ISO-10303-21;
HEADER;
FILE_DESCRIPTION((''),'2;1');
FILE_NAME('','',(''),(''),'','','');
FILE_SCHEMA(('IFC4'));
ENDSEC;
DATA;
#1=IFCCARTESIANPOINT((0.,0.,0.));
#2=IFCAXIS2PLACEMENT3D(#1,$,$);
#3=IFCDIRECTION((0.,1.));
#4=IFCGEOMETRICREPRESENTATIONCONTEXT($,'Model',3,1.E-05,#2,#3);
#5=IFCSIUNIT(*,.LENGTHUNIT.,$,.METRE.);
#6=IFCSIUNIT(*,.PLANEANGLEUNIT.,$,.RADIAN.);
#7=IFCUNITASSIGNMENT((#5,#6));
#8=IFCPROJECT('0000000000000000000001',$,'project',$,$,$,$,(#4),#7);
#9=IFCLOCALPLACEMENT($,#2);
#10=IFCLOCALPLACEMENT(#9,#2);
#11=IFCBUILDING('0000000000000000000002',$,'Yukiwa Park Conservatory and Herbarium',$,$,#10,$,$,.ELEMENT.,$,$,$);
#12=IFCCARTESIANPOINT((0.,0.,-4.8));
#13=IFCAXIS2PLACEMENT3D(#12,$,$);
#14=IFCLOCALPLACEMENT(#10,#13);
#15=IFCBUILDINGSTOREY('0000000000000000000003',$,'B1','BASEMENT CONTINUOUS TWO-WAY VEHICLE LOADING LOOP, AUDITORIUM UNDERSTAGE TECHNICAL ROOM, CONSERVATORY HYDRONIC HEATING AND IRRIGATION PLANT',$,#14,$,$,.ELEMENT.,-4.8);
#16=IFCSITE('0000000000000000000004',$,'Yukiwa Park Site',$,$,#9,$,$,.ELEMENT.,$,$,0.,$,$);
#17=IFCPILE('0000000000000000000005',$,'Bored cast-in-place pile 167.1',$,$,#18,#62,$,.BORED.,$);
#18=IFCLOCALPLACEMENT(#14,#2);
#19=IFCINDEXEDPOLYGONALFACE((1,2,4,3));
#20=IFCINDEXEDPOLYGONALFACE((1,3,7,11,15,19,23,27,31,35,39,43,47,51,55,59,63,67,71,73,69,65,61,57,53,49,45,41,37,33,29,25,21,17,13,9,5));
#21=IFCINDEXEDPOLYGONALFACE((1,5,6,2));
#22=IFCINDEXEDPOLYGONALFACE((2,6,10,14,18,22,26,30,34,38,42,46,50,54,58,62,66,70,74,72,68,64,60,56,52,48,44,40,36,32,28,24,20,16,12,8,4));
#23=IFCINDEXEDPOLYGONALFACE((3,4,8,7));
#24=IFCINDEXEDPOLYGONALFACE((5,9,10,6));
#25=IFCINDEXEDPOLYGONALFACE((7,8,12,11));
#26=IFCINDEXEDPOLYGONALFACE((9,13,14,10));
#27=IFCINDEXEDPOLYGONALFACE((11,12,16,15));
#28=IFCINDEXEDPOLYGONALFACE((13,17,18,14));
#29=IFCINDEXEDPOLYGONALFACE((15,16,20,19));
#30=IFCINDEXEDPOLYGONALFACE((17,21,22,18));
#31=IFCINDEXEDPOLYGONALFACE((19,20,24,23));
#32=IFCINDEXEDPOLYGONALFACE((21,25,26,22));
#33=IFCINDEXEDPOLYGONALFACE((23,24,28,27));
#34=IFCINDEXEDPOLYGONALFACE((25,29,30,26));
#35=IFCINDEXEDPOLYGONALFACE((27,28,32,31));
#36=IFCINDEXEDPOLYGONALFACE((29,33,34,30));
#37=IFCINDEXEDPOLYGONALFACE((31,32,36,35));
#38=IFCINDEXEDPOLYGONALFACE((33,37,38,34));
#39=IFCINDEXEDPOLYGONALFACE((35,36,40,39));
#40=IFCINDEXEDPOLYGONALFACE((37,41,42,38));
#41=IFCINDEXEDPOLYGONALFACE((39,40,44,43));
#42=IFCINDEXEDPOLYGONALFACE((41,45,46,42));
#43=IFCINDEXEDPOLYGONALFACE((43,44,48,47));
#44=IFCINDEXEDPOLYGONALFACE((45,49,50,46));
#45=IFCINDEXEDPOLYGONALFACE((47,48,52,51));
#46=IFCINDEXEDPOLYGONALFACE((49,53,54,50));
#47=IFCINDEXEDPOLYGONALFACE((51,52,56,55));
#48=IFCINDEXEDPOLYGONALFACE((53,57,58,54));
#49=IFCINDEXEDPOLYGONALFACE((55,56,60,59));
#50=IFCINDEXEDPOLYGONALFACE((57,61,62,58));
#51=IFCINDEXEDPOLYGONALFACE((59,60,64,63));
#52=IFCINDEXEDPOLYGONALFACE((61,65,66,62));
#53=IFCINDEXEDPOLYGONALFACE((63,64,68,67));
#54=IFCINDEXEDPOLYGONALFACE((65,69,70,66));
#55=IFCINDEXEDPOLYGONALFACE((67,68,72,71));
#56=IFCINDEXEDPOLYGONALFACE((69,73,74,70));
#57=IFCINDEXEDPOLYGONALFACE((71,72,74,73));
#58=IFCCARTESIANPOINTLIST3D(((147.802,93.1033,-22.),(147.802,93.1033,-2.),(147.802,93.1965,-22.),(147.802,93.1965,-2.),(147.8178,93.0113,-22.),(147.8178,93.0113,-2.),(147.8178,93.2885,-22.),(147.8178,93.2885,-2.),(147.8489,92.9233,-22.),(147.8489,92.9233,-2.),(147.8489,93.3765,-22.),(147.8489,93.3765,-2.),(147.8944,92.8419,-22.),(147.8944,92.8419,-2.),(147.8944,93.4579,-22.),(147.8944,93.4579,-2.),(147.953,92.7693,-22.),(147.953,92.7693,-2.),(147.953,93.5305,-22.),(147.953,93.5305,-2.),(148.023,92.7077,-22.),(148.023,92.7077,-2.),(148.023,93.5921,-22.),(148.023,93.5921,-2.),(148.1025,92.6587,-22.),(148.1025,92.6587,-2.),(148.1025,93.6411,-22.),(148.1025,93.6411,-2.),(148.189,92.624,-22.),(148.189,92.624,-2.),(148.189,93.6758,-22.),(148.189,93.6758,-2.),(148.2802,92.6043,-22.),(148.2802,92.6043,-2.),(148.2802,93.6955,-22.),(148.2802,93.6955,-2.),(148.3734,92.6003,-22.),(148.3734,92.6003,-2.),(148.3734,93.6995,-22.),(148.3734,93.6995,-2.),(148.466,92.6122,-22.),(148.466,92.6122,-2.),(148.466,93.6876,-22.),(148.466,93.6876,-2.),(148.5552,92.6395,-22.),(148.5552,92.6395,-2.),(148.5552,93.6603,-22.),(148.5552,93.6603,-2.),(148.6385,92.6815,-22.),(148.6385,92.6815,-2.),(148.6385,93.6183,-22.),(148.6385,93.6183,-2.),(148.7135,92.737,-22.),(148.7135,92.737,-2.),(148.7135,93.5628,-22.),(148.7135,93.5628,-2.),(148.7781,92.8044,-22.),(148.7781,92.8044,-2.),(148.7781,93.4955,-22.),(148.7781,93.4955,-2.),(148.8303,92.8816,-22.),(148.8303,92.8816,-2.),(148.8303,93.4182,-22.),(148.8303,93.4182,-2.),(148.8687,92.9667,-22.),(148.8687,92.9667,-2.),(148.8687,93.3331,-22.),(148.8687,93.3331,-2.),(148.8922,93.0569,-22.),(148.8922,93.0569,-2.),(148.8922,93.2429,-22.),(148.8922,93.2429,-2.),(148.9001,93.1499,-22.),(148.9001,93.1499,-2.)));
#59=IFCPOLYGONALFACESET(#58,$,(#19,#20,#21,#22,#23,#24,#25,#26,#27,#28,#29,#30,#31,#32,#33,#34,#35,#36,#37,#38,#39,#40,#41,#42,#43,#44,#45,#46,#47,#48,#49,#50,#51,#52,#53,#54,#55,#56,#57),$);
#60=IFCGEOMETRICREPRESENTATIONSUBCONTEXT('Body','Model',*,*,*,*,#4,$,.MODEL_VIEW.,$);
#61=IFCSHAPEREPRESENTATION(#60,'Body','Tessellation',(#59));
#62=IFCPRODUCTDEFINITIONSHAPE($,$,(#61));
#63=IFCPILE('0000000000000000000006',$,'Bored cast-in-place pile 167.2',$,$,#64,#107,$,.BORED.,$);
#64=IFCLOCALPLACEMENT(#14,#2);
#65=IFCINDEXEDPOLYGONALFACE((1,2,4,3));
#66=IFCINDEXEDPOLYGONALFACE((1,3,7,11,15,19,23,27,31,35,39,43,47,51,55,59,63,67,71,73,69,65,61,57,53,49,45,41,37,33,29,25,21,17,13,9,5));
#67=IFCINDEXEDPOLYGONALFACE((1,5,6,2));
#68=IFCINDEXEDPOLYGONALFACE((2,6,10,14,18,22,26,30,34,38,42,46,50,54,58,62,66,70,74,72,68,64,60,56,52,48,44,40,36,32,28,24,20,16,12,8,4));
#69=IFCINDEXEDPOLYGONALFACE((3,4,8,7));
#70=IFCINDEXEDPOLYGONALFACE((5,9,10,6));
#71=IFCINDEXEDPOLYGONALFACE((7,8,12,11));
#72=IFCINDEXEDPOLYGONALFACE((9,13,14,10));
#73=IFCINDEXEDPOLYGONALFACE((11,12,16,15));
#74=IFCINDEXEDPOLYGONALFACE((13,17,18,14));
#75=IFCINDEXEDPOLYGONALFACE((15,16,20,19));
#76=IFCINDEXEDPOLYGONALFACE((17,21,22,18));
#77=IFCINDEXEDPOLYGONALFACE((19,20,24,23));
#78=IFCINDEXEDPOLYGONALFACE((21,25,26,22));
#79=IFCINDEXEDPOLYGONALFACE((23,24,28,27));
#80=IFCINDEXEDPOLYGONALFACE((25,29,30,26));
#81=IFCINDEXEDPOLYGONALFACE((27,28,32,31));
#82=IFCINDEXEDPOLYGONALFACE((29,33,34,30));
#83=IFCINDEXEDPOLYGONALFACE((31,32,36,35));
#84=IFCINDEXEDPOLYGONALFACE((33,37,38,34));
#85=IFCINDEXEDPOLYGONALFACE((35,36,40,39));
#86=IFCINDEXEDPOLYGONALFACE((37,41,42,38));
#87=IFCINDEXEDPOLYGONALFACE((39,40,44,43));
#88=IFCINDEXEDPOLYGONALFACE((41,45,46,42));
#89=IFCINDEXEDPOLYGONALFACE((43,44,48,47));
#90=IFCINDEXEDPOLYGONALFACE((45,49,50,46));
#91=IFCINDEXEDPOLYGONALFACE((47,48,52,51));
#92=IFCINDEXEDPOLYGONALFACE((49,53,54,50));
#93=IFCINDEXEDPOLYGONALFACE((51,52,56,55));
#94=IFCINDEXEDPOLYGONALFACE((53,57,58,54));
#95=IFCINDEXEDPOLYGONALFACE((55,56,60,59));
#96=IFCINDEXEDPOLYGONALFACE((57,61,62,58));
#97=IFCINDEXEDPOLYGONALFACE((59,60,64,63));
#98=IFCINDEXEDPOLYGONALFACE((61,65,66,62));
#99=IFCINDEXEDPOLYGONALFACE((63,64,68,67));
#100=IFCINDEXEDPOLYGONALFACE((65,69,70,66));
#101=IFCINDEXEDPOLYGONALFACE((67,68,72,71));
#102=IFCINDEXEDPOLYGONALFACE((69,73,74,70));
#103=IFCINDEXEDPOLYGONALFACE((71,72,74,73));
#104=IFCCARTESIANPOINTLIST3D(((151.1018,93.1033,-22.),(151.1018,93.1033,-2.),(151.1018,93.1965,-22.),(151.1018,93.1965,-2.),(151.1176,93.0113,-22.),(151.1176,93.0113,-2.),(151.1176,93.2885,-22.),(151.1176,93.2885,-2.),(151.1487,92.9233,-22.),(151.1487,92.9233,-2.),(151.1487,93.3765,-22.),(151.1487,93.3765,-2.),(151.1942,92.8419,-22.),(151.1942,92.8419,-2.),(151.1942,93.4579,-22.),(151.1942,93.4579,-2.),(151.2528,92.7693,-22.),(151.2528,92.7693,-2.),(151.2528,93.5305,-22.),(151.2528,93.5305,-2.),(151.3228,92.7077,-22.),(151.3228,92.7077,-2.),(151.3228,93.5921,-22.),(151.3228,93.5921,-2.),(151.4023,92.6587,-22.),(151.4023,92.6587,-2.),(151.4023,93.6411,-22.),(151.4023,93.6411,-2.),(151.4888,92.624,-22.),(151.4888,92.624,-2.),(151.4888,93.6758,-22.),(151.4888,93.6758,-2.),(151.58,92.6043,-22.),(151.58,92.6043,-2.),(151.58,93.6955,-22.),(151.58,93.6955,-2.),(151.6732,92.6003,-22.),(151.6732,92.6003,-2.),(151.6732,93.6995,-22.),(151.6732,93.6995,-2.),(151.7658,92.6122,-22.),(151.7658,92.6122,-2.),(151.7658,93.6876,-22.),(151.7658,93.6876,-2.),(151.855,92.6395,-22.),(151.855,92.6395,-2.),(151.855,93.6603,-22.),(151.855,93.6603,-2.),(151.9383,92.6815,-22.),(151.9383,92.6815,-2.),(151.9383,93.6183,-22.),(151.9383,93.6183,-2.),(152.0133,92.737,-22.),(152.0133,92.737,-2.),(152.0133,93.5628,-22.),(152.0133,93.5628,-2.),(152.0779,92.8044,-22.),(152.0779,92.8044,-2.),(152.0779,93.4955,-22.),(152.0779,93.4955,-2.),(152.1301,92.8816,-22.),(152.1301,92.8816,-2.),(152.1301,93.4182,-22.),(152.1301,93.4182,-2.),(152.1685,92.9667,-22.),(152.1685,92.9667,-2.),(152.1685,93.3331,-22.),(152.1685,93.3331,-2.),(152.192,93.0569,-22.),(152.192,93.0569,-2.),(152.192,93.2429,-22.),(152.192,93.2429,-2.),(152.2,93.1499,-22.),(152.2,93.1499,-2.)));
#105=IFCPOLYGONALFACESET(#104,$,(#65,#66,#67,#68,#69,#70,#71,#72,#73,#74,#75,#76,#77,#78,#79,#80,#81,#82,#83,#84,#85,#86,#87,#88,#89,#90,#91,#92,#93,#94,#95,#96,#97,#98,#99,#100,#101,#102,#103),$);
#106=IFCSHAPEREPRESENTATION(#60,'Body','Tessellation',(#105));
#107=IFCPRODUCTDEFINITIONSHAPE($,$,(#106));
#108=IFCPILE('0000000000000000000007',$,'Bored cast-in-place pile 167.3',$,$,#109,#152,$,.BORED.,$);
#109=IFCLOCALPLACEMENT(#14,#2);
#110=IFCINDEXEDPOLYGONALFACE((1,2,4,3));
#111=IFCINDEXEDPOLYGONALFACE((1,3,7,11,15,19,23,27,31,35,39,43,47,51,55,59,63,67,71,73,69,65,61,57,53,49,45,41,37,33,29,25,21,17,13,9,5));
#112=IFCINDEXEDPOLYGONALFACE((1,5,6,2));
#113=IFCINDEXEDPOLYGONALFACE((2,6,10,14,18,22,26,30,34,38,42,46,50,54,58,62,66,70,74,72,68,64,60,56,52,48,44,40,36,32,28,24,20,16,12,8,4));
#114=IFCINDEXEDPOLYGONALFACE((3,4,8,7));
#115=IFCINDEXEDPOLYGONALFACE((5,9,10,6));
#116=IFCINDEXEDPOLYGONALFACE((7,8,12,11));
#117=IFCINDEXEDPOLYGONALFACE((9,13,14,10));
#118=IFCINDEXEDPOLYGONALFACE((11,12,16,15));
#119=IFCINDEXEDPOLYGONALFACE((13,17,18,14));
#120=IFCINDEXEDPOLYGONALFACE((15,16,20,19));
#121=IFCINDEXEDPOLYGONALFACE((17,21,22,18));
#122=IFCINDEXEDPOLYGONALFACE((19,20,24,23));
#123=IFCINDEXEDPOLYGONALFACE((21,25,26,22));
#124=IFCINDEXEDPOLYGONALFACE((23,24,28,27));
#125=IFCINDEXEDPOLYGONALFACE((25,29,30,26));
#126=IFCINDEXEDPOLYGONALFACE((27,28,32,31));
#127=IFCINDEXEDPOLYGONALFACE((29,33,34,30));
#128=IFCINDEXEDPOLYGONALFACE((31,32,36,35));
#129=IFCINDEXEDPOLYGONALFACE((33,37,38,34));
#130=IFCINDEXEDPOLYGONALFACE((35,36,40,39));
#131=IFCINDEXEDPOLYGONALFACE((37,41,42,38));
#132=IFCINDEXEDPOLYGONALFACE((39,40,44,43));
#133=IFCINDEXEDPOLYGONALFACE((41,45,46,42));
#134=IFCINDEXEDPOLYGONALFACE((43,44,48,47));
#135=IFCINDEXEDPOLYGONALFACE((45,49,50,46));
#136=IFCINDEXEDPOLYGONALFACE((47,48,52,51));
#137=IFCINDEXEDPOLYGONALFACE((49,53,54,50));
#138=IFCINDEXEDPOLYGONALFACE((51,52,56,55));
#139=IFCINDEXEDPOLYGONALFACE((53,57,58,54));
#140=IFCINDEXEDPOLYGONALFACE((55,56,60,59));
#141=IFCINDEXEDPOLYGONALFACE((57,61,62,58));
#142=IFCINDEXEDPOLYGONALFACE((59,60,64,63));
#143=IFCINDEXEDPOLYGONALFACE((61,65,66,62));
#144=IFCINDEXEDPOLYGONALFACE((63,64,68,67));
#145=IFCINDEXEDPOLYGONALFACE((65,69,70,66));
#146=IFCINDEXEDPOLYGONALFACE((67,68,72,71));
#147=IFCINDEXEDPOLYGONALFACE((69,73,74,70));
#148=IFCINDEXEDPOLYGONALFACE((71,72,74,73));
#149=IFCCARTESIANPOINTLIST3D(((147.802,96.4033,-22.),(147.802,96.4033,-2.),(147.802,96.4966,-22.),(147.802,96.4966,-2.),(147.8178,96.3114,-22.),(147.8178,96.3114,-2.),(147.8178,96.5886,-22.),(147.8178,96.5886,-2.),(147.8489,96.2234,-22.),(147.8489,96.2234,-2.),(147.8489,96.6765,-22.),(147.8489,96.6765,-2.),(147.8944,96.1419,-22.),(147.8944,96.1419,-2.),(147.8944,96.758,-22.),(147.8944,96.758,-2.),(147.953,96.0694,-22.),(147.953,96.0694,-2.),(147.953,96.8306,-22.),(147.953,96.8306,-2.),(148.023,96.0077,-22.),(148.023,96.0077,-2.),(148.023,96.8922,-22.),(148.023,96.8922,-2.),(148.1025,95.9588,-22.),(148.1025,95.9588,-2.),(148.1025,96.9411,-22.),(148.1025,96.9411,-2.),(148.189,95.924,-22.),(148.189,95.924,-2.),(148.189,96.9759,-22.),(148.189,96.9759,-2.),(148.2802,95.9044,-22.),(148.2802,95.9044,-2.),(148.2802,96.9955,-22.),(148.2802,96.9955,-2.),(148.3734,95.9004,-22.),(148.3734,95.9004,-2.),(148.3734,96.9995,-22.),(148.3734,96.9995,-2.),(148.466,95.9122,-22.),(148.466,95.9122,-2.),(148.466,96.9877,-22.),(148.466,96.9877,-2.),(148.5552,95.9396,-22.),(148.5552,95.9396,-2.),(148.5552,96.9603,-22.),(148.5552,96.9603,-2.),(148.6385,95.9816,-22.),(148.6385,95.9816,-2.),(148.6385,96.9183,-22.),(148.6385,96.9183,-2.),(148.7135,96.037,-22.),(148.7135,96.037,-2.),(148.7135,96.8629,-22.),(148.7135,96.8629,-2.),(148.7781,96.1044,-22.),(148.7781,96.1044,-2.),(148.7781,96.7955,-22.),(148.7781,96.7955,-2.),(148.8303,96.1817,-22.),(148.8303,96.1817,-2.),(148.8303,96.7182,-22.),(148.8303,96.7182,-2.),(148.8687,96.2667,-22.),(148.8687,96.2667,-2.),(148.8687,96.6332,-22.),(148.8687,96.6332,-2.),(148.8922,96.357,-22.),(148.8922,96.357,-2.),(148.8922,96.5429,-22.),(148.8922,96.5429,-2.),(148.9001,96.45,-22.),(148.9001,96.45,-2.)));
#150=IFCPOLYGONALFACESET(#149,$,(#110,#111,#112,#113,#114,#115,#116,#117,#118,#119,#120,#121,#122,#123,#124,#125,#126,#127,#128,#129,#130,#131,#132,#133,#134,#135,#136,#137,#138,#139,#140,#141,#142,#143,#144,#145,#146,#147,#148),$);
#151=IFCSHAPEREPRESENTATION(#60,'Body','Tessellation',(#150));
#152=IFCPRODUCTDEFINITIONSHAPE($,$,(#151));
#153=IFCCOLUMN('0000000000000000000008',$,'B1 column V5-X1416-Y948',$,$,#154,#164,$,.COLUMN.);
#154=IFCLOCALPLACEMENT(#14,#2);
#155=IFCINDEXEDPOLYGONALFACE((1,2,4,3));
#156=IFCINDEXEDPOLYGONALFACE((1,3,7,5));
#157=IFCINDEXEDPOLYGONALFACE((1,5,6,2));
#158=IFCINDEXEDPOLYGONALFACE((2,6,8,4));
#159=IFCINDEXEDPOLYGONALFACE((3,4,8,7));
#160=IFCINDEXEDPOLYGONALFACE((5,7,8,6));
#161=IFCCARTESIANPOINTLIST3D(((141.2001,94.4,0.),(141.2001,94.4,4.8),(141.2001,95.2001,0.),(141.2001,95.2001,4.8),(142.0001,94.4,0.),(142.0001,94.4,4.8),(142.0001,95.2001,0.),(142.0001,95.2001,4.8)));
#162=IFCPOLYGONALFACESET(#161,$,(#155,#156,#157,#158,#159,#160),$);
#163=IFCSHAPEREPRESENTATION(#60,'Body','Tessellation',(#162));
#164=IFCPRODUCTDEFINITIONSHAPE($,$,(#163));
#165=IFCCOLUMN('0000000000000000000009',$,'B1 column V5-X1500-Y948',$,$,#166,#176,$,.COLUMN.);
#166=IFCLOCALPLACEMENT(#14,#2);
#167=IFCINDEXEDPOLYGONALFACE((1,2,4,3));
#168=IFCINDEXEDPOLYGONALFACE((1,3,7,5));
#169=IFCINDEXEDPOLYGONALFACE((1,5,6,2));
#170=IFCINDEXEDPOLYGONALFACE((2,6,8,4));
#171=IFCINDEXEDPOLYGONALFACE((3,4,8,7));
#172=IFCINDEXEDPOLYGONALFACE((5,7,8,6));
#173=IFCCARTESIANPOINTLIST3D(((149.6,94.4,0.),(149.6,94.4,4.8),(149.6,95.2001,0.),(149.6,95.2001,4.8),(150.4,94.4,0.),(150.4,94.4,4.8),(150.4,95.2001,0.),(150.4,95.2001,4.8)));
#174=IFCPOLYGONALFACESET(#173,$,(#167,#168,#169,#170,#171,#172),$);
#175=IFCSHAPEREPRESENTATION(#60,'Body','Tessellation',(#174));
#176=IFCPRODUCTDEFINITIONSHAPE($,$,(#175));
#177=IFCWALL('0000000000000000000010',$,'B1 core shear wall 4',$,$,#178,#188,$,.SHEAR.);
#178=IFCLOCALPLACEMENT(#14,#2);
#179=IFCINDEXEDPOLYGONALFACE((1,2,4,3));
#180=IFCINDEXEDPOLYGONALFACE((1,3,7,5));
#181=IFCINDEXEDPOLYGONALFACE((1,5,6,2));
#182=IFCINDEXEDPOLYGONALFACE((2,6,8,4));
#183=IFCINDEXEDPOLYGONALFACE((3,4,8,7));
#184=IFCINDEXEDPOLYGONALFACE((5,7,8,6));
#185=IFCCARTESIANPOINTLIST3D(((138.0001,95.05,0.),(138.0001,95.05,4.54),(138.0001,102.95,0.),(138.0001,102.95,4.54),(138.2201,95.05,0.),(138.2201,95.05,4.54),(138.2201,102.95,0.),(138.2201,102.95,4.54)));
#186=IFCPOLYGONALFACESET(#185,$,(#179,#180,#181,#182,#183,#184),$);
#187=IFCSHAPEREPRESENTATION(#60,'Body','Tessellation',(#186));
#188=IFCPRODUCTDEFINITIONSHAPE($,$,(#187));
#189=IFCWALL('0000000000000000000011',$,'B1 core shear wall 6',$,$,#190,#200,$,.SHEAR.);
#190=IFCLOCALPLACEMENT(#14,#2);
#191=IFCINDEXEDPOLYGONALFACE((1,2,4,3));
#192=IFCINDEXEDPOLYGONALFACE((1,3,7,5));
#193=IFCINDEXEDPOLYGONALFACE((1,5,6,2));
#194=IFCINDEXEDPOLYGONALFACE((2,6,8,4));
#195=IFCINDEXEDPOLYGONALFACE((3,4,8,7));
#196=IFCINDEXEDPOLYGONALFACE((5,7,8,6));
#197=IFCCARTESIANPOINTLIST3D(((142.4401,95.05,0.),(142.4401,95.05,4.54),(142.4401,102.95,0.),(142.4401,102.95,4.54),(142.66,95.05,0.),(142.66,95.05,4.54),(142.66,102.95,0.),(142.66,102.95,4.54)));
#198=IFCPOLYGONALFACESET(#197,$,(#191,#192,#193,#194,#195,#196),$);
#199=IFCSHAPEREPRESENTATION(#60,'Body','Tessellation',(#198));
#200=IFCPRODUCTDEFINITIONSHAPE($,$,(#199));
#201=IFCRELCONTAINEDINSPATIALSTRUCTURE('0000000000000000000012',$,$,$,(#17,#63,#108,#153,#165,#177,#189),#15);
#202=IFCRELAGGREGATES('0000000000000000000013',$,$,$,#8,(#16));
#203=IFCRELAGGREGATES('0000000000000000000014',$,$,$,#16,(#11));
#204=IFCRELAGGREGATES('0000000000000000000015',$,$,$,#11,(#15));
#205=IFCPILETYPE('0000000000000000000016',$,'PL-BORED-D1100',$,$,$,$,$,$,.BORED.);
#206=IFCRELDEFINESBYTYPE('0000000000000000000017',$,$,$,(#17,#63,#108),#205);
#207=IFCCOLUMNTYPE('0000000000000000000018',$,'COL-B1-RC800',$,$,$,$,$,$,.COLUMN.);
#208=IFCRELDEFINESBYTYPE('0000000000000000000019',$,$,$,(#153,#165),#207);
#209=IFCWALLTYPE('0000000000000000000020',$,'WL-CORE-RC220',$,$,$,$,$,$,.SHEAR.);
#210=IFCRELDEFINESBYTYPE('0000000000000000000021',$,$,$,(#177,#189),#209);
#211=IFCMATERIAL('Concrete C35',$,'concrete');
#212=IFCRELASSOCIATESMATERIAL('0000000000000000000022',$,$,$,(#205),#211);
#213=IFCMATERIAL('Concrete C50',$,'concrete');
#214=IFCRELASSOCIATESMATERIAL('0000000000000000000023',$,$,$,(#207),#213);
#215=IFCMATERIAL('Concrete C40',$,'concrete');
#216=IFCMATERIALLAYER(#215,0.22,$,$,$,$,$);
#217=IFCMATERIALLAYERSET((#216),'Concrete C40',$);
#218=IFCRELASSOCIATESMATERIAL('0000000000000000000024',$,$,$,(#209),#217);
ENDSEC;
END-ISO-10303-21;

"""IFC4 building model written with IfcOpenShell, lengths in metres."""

from ifc_helpers import new_model, si_unit, direction, frame, frame_2d, origin, origin_2d, place, context, subcontext, project, spatial, rectangle, circle, extrude, material, layer, layer_set, material_profile, profile_set, type_object, element, save


model = new_model("IFC4")

# Units and contexts
model_context = context("Model", 3, precision=1e-05, world=origin(), true_north=direction((0.0, 1.0)))
body_context = subcontext(model_context, "Body", "Model", "MODEL_VIEW")
ifc_project = project(units=[si_unit("LENGTHUNIT", "METRE"), si_unit("PLANEANGLEUNIT", "RADIAN")], contexts=[model_context])

# Site, building, storey
site_placement = place(None, origin())
site = spatial("IfcSite", under=ifc_project, at=site_placement, Name="Yukiwa Park Site", CompositionType="ELEMENT", RefElevation=0.0)
building_placement = place(site_placement, origin())
building = spatial("IfcBuilding", under=site, at=building_placement, Name="Yukiwa Park Conservatory and Herbarium", CompositionType="ELEMENT")
storey_placement = place(building_placement, frame((0.0, 0.0, -4.8)))
storey = spatial("IfcBuildingStorey", under=building, at=storey_placement, Name="B1", Description="BASEMENT CONTINUOUS TWO-WAY VEHICLE LOADING LOOP, AUDITORIUM UNDERSTAGE TECHNICAL ROOM, CONSERVATORY HYDRONIC HEATING AND IRRIGATION PLANT", CompositionType="ELEMENT", Elevation=-4.8)

# Piles
ifc_material_1 = material(Name="Concrete C35", Category="concrete")
ifc_material_profile_1 = material_profile(ifc_material_1, circle(Radius=0.55, at=origin_2d()), Name="PILE D1100")
ifc_profile_set_1 = profile_set([ifc_material_profile_1], Name="Concrete C35")
pile_type_1 = type_object("IfcPileType", Name="PL-BORED-D1100", PredefinedType="BORED", material=ifc_profile_set_1)
for number, where, z_axis, x_axis, name in (
    (1, (148.3501, 93.1499, -2.0), (0.0, 0.0, -1.0), (1.0, 0.0, 0.0), "Bored cast-in-place pile 167.1"),
    (2, (151.6499, 93.1499, -2.0), (0.0, 0.0, -1.0), (1.0, 0.0, 0.0), "Bored cast-in-place pile 167.2"),
    (3, (148.3501, 96.45, -2.0), (0.0, 0.0, -1.0), (1.0, 0.0, 0.0), "Bored cast-in-place pile 167.3"),
):
    element("IfcPile", number, at=place(storey_placement, frame(where, z_axis=z_axis, x_axis=x_axis)), inside=storey, type_object=pile_type_1, Name=name, PredefinedType="BORED", context=body_context, shape_type="SweptSolid", body=[
        extrude(circle(Radius=0.55, at=origin_2d()), origin(), (0.0, 0.0, 1.0), 20.0),
    ])

# Columns
ifc_material_2 = material(Name="Concrete C50", Category="concrete")
ifc_material_profile_2 = material_profile(ifc_material_2, rectangle(XDim=0.8, YDim=0.8, at=origin_2d()), Name="RC 800x800")
ifc_profile_set_2 = profile_set([ifc_material_profile_2], Name="Concrete C50")
column_type = type_object("IfcColumnType", Name="COL-B1-RC800", PredefinedType="COLUMN", material=ifc_profile_set_2)
for number, where, z_axis, x_axis, name in (
    (4, (141.6001, 94.8, 0.0), (0.0, 0.0, 1.0), (1.0, 0.0, 0.0), "B1 column V5-X1416-Y948"),
    (5, (150.0, 94.8, 0.0), (0.0, 0.0, 1.0), (1.0, 0.0, 0.0), "B1 column V5-X1500-Y948"),
):
    element("IfcColumn", number, at=place(storey_placement, frame(where, z_axis=z_axis, x_axis=x_axis)), inside=storey, type_object=column_type, Name=name, PredefinedType="COLUMN", context=body_context, shape_type="SweptSolid", body=[
        extrude(rectangle(XDim=0.8, YDim=0.8, at=origin_2d()), origin(), (0.0, 0.0, 1.0), 4.8),
    ])

# Walls
ifc_material_3 = material(Name="Concrete C40", Category="concrete")
ifc_layer_1 = layer(ifc_material_3, 0.22)
ifc_layer_set_1 = layer_set([ifc_layer_1], Name="Concrete C40")
wall_type_1 = type_object("IfcWallType", Name="WL-CORE-RC220", PredefinedType="SHEAR", material=ifc_layer_set_1)
for number, where, z_axis, x_axis, name in (
    (6, (138.1101, 95.05, 0.0), (0.0, 0.0, 1.0), (0.0, 1.0, 0.0), "B1 core shear wall 4"),
    (7, (142.55, 95.05, 0.0), (0.0, 0.0, 1.0), (0.0, 1.0, 0.0), "B1 core shear wall 6"),
):
    element("IfcWall", number, at=place(storey_placement, frame(where, z_axis=z_axis, x_axis=x_axis)), inside=storey, type_object=wall_type_1, Name=name, PredefinedType="SHEAR", context=body_context, shape_type="SweptSolid", body=[
        extrude(rectangle(XDim=7.8999, YDim=0.22, at=frame_2d((3.95, 0.0))), origin(), (0.0, 0.0, 1.0), 4.54),
    ])

save(model, "model.ifc")
